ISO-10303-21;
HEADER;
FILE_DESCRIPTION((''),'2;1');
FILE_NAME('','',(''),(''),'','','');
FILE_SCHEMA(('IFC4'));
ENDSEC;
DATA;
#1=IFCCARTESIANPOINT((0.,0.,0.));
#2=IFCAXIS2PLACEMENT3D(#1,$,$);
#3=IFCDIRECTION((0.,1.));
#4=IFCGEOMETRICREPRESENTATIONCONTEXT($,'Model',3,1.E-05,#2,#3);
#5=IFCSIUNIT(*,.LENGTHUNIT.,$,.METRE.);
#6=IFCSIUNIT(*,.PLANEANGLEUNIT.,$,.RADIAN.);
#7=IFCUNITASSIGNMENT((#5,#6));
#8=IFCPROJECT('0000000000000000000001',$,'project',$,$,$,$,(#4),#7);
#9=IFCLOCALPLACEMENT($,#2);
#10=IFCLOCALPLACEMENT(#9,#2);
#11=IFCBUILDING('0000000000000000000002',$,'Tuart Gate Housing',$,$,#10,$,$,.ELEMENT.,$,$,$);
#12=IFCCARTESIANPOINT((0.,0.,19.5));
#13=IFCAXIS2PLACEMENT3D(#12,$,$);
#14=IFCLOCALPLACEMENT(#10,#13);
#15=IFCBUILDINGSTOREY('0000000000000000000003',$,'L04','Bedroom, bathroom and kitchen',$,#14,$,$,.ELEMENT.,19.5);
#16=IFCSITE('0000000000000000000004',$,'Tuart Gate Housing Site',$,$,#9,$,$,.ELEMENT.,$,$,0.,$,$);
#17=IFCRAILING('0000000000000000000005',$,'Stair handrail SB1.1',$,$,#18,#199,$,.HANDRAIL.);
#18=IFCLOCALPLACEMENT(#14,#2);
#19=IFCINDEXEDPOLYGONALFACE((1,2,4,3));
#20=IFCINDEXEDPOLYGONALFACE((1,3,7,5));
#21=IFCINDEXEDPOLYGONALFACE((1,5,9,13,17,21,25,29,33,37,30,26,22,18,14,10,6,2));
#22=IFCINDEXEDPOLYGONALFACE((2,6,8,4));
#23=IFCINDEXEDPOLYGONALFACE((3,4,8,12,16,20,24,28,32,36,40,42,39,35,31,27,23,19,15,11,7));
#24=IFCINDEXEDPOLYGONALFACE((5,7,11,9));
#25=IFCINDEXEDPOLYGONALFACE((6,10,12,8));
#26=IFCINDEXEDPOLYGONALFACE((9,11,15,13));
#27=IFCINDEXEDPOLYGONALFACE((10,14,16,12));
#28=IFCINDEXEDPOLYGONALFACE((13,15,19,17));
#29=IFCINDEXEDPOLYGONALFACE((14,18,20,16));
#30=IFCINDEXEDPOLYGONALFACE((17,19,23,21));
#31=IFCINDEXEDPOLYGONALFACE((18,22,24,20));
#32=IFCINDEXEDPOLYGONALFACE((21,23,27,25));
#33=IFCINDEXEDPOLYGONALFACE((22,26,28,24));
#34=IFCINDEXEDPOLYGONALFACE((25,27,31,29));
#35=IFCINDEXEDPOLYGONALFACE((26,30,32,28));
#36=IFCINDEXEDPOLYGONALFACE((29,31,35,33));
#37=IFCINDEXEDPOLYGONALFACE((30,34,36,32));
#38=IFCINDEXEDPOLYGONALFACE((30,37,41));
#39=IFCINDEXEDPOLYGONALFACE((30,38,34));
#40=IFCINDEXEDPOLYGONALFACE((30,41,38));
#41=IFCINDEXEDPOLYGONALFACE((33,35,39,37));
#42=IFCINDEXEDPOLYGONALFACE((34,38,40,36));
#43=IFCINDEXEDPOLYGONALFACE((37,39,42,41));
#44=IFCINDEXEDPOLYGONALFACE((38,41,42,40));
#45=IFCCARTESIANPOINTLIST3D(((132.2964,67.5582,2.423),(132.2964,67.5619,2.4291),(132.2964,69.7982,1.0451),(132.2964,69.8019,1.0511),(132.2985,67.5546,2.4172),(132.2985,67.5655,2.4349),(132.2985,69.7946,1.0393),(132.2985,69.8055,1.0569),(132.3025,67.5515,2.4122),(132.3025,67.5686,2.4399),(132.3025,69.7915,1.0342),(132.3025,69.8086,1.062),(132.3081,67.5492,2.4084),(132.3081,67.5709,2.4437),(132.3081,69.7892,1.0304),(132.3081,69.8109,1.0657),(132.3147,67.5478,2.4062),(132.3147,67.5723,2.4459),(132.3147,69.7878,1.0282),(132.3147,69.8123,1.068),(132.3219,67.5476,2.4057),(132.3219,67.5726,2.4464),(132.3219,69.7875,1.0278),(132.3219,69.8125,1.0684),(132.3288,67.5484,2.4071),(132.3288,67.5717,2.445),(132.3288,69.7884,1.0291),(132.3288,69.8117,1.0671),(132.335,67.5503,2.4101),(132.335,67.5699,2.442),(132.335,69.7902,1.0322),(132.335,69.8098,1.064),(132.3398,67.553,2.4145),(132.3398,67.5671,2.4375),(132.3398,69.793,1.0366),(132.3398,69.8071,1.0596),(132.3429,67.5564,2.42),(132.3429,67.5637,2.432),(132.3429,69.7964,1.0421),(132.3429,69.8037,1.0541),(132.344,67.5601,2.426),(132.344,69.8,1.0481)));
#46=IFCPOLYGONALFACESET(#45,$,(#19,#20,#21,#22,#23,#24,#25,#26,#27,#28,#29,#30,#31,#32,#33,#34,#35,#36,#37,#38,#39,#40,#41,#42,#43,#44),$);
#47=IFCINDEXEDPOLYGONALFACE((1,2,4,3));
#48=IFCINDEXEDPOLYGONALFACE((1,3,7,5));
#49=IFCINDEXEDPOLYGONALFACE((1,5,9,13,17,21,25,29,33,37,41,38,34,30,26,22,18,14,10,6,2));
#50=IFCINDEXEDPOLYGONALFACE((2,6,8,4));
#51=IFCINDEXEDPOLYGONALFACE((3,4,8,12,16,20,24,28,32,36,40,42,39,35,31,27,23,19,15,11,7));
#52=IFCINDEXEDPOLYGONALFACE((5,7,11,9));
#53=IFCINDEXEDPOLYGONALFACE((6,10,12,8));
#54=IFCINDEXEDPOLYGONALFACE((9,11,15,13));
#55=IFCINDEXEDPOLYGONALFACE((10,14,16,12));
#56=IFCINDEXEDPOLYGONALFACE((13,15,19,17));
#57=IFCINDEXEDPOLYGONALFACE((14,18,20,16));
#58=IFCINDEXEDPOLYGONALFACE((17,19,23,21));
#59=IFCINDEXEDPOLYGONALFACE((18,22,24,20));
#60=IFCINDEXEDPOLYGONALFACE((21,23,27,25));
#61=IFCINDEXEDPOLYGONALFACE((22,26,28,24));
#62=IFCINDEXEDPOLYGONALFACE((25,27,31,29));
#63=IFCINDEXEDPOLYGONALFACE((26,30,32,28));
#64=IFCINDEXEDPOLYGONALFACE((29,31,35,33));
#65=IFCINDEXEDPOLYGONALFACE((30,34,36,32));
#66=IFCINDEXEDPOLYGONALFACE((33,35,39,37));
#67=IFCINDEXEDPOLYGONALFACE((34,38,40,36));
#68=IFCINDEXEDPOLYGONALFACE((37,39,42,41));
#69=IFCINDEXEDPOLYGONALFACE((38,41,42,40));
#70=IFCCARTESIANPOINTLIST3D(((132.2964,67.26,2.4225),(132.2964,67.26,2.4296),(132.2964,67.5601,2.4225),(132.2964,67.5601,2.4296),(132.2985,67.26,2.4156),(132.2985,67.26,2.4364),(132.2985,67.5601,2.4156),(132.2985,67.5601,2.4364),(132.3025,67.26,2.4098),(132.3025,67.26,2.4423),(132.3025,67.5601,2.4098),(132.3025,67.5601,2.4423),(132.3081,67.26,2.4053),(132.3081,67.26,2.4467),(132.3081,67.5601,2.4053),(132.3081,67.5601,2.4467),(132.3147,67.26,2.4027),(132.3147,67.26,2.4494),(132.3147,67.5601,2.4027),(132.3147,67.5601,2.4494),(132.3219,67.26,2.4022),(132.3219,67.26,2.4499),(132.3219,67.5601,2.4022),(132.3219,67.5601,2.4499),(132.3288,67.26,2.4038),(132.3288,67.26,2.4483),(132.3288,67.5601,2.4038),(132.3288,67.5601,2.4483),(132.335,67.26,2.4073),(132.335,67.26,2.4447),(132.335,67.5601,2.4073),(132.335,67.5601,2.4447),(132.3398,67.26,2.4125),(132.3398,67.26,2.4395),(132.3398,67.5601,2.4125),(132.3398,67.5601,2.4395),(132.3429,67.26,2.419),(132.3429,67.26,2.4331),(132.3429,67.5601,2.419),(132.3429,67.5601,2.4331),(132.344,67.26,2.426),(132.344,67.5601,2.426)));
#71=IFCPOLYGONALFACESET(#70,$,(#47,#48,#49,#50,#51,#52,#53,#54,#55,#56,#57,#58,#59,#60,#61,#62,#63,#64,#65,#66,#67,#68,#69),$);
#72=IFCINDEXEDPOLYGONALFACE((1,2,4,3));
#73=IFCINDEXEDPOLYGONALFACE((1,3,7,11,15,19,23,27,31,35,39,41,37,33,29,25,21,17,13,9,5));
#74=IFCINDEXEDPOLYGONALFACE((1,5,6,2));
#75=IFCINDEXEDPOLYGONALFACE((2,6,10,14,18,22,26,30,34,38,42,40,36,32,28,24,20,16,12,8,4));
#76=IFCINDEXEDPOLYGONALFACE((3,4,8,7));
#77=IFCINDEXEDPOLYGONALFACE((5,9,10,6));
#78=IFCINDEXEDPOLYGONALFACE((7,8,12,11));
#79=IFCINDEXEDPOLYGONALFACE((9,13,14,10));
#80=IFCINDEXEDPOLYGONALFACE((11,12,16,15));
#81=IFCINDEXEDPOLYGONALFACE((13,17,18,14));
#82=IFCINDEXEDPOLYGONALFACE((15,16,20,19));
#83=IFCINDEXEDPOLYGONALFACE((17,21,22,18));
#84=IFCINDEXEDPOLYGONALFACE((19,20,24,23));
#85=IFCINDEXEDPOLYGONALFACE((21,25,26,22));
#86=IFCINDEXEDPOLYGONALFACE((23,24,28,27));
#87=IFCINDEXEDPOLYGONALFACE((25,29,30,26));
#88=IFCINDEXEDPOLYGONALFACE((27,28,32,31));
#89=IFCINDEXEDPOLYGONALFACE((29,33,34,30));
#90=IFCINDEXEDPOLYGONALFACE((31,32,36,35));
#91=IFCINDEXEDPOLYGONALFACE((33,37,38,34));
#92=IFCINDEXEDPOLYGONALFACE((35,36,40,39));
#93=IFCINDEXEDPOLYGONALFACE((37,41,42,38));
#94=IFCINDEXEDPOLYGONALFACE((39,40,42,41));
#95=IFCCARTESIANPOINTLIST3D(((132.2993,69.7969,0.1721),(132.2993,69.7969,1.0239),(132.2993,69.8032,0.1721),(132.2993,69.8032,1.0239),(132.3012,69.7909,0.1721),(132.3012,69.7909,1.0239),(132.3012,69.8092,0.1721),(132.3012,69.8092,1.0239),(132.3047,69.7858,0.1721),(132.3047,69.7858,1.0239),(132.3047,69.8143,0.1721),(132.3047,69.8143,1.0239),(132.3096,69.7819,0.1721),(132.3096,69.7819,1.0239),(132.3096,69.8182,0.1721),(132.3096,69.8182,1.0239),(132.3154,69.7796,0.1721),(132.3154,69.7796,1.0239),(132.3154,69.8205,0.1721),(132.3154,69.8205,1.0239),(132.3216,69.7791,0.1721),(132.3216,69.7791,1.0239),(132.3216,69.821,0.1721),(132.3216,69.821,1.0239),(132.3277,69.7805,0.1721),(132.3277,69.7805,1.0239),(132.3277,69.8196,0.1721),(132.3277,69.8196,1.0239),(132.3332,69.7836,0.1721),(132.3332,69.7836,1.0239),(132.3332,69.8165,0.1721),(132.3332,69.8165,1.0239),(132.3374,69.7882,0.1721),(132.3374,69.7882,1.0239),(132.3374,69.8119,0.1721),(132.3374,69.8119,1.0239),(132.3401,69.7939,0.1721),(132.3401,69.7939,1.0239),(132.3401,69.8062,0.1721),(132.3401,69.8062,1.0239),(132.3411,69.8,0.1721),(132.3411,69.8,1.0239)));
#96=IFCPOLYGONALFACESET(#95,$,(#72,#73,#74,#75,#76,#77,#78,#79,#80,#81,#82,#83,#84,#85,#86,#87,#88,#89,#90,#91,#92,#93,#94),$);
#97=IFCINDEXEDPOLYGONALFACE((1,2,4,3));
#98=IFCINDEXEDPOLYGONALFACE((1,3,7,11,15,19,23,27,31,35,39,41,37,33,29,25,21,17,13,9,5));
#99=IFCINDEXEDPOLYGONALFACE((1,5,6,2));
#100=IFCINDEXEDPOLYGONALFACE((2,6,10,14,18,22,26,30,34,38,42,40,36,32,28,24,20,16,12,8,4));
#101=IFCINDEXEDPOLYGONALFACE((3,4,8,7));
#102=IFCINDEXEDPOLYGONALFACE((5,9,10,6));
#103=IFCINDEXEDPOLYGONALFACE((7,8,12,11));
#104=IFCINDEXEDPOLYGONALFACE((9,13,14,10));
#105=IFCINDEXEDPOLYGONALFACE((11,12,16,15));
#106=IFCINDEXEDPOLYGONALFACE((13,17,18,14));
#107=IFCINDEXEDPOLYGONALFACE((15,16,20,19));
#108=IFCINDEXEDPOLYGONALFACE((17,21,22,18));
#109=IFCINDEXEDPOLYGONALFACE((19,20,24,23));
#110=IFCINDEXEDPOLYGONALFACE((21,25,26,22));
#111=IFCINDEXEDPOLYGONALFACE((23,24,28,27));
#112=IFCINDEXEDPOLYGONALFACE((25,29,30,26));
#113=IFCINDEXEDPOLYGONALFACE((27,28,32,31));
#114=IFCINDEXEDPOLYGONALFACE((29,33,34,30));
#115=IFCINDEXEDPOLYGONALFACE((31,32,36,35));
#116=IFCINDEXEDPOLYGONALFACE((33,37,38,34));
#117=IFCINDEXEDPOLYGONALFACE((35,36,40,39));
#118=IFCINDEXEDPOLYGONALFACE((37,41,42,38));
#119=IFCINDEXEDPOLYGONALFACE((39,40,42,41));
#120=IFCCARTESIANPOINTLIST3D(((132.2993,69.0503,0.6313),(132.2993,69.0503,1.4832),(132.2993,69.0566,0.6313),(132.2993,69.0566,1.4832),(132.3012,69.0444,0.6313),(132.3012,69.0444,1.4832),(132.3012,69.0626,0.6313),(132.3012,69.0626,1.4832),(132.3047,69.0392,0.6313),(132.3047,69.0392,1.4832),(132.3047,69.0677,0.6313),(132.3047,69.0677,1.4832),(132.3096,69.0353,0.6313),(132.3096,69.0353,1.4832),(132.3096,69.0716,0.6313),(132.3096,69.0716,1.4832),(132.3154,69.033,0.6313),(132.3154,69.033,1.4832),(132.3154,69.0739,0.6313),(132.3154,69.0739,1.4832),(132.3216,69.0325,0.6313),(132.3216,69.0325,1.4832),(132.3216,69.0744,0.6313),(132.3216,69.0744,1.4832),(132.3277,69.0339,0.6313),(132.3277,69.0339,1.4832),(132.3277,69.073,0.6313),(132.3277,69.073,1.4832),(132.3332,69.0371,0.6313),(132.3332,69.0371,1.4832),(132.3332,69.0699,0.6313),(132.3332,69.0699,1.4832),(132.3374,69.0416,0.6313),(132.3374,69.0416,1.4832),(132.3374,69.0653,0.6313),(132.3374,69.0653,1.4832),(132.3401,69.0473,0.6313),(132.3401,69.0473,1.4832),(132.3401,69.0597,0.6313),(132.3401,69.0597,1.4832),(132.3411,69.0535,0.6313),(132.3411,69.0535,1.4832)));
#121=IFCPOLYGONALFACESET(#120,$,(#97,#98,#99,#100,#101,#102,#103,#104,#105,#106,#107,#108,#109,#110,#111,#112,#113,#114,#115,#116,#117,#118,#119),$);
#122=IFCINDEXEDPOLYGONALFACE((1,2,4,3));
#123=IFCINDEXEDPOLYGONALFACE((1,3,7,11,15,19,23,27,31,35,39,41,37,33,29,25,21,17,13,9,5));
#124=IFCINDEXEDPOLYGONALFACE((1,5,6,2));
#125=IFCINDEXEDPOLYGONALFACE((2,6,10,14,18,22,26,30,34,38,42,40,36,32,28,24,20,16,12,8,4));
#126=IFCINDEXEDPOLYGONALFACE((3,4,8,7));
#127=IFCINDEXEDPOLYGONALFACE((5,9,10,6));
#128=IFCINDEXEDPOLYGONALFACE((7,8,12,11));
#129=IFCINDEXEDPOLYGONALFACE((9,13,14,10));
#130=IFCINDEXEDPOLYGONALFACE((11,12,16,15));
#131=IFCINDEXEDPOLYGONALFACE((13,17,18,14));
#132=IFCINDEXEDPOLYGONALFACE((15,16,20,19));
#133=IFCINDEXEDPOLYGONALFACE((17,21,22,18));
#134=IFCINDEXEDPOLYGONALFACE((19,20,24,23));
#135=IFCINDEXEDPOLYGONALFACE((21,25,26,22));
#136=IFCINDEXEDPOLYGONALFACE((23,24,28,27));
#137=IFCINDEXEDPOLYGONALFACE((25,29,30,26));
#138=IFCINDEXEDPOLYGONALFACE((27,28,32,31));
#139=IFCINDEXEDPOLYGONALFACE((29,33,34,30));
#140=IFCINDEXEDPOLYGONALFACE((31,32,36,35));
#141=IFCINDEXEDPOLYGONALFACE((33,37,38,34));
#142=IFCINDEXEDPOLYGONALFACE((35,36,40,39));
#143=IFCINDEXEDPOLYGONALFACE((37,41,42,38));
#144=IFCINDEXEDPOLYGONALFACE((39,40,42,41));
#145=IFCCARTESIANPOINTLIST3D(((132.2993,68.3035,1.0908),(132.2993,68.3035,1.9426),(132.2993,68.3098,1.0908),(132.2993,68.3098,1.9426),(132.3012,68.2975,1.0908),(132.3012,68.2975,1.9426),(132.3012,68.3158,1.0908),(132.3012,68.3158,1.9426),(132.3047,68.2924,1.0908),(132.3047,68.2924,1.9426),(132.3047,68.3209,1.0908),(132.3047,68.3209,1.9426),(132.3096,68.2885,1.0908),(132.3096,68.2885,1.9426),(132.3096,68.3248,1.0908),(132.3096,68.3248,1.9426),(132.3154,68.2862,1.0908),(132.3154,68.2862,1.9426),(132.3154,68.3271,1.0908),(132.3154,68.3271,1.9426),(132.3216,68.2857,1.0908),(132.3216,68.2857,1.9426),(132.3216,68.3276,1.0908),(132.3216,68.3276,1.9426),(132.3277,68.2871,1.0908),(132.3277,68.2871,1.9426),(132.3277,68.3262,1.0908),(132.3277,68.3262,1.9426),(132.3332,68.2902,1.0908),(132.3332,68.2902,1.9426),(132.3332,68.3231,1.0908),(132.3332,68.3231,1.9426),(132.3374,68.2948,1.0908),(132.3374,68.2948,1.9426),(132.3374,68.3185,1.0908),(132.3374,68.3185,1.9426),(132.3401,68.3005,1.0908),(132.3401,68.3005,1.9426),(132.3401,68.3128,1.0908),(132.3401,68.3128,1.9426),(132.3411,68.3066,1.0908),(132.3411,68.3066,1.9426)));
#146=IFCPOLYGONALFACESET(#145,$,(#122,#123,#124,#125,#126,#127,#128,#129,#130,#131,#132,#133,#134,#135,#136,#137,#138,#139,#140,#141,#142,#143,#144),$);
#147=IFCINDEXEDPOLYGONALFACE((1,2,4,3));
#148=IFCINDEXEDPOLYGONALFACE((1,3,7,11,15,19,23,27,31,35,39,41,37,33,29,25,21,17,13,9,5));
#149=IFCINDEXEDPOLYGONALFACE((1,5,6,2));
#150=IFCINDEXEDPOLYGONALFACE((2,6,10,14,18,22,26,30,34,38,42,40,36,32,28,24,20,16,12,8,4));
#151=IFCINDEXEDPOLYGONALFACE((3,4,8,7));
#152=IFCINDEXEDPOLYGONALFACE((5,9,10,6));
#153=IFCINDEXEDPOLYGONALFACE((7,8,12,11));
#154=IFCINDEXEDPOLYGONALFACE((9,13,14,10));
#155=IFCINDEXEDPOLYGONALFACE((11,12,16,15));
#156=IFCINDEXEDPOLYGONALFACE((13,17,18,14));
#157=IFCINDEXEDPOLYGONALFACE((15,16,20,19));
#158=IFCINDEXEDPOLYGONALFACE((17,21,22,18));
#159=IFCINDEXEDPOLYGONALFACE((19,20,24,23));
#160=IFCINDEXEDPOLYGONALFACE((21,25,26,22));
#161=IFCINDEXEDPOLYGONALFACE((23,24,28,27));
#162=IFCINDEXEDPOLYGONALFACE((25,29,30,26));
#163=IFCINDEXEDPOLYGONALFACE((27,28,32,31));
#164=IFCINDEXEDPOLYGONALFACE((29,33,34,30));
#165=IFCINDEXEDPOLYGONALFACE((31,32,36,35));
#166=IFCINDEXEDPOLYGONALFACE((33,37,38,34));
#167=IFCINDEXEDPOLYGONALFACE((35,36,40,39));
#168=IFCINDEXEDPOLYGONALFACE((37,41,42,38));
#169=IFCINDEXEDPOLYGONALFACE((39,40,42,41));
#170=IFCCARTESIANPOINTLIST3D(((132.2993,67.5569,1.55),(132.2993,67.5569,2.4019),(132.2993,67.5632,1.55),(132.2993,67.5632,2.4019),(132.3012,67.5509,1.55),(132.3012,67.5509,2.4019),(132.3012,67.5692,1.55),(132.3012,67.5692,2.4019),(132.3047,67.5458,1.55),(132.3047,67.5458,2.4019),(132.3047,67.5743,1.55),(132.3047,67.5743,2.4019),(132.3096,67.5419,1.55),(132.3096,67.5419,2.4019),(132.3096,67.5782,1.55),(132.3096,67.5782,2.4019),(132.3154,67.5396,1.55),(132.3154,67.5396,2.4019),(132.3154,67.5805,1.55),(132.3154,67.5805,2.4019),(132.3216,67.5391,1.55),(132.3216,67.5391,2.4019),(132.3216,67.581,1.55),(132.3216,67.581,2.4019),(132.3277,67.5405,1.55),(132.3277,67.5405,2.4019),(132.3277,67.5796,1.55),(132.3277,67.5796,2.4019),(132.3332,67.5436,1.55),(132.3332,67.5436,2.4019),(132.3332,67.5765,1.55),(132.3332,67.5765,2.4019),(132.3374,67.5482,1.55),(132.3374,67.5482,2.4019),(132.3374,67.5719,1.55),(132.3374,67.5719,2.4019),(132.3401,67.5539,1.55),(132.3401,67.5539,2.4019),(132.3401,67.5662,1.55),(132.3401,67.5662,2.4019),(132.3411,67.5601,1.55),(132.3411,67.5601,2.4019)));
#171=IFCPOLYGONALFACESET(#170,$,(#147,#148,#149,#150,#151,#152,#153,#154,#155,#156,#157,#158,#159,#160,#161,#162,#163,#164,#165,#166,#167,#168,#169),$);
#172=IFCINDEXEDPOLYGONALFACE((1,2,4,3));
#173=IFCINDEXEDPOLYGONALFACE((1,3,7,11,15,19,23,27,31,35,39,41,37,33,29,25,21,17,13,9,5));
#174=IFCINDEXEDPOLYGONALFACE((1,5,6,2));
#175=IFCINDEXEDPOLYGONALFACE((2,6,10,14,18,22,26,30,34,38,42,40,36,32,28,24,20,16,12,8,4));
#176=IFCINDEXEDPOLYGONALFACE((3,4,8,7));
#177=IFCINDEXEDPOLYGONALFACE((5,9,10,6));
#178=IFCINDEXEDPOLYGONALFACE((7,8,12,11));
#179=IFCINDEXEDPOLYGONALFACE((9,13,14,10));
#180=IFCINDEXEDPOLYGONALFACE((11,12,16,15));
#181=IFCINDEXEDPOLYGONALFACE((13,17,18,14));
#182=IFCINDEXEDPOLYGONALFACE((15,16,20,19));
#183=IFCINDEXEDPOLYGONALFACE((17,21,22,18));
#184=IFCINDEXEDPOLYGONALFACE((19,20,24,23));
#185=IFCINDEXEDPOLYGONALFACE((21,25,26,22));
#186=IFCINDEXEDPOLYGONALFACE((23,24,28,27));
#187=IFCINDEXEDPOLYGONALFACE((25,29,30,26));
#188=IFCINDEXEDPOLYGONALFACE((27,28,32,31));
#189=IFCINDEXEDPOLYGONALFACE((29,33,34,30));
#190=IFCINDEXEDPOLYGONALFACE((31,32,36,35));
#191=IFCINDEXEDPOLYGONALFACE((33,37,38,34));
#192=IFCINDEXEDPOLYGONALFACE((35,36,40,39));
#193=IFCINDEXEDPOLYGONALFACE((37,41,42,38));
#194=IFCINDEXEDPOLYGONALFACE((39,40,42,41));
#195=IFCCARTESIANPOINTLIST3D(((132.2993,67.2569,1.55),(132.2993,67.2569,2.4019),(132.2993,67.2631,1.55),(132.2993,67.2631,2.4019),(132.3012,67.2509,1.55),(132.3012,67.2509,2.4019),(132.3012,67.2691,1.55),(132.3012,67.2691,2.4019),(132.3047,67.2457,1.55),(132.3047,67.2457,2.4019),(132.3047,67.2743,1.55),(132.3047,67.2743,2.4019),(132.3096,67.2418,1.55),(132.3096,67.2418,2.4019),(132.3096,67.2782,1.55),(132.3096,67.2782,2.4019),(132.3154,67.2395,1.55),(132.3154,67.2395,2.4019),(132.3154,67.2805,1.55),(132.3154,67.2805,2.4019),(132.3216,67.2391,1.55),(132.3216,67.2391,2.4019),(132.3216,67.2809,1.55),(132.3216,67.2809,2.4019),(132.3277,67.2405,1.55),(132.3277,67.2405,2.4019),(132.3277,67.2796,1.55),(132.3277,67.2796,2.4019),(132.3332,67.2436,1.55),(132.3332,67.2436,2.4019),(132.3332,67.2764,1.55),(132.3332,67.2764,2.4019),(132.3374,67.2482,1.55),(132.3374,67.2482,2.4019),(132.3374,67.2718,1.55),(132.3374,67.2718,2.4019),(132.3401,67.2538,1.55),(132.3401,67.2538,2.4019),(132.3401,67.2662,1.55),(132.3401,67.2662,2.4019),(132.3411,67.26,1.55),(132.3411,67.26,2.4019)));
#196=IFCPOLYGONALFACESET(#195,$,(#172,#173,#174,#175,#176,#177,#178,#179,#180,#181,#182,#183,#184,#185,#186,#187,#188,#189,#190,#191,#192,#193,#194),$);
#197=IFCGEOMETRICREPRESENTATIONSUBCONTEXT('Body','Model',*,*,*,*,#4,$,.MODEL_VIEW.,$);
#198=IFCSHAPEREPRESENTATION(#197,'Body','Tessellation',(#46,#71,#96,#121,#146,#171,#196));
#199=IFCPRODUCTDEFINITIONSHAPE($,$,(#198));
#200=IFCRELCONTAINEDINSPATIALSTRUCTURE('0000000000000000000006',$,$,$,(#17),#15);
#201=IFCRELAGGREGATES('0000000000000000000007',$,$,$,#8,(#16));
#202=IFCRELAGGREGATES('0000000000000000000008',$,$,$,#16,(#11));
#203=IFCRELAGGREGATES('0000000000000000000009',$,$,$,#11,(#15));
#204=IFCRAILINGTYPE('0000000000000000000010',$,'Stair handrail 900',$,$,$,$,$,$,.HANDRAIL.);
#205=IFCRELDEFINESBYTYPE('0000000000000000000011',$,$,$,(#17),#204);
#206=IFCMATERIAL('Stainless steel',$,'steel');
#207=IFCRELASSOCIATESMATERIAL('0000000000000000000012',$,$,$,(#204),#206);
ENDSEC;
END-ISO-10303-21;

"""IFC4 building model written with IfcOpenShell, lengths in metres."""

from ifc_helpers import new_model, si_unit, direction, frame, origin, origin_2d, place, context, subcontext, project, spatial, circle, extrude, material, type_object, element, save


model = new_model("IFC4")

# Units and contexts
model_context = context("Model", 3, precision=1e-05, world=origin(), true_north=direction((0.0, 1.0)))
body_context = subcontext(model_context, "Body", "Model", "MODEL_VIEW")
ifc_project = project(units=[si_unit("LENGTHUNIT", "METRE"), si_unit("PLANEANGLEUNIT", "RADIAN")], contexts=[model_context])

# Site, building, storey
site_placement = place(None, origin())
site = spatial("IfcSite", under=ifc_project, at=site_placement, Name="Tuart Gate Housing Site", CompositionType="ELEMENT", RefElevation=0.0)
building_placement = place(site_placement, origin())
building = spatial("IfcBuilding", under=site, at=building_placement, Name="Tuart Gate Housing", CompositionType="ELEMENT")
storey_placement = place(building_placement, frame((0.0, 0.0, 19.5)))
storey = spatial("IfcBuildingStorey", under=building, at=storey_placement, Name="L04", Description="Bedroom, bathroom and kitchen", CompositionType="ELEMENT", Elevation=19.5)

# Railing
ifc_material_1 = material(Name="Stainless steel", Category="steel")
railing_type = type_object("IfcRailingType", Name="Stair handrail 900", PredefinedType="HANDRAIL", material=ifc_material_1)
railing_placement = place(storey_placement, frame((132.3201, 69.8, 0.1721)))
element("IfcRailing", 1, at=railing_placement, inside=storey, type_object=railing_type, Name="Stair handrail SB1.1", PredefinedType="HANDRAIL", context=body_context, shape_type="SweptSolid", body=[
    extrude(circle(Radius=0.0239, at=origin_2d()), frame((0.0, 0.0, 0.876), z_axis=(0.0, -0.851748, 0.523952), x_axis=(1.0, 0.0, 0.0)), (0.0, 0.0, 1.0), 2.6299),
    extrude(circle(Radius=0.0239, at=origin_2d()), frame((0.0, -2.24, 2.2539), z_axis=(0.0, -1.0, 0.0), x_axis=(1.0, 0.0, 0.0)), (0.0, 0.0, 1.0), 0.3),
    extrude(circle(Radius=0.021, at=origin_2d()), origin(), (0.0, 0.0, 1.0), 0.8518),
    extrude(circle(Radius=0.021, at=origin_2d()), frame((0.0, -0.7466, 0.4592)), (0.0, 0.0, 1.0), 0.8518),
    extrude(circle(Radius=0.021, at=origin_2d()), frame((0.0, -1.4934, 0.9187)), (0.0, 0.0, 1.0), 0.8518),
    extrude(circle(Radius=0.021, at=origin_2d()), frame((0.0, -2.24, 1.3779)), (0.0, 0.0, 1.0), 0.8518),
    extrude(circle(Radius=0.021, at=origin_2d()), frame((0.0, -2.54, 1.3779)), (0.0, 0.0, 1.0), 0.8518),
])

save(model, "model.ifc")
